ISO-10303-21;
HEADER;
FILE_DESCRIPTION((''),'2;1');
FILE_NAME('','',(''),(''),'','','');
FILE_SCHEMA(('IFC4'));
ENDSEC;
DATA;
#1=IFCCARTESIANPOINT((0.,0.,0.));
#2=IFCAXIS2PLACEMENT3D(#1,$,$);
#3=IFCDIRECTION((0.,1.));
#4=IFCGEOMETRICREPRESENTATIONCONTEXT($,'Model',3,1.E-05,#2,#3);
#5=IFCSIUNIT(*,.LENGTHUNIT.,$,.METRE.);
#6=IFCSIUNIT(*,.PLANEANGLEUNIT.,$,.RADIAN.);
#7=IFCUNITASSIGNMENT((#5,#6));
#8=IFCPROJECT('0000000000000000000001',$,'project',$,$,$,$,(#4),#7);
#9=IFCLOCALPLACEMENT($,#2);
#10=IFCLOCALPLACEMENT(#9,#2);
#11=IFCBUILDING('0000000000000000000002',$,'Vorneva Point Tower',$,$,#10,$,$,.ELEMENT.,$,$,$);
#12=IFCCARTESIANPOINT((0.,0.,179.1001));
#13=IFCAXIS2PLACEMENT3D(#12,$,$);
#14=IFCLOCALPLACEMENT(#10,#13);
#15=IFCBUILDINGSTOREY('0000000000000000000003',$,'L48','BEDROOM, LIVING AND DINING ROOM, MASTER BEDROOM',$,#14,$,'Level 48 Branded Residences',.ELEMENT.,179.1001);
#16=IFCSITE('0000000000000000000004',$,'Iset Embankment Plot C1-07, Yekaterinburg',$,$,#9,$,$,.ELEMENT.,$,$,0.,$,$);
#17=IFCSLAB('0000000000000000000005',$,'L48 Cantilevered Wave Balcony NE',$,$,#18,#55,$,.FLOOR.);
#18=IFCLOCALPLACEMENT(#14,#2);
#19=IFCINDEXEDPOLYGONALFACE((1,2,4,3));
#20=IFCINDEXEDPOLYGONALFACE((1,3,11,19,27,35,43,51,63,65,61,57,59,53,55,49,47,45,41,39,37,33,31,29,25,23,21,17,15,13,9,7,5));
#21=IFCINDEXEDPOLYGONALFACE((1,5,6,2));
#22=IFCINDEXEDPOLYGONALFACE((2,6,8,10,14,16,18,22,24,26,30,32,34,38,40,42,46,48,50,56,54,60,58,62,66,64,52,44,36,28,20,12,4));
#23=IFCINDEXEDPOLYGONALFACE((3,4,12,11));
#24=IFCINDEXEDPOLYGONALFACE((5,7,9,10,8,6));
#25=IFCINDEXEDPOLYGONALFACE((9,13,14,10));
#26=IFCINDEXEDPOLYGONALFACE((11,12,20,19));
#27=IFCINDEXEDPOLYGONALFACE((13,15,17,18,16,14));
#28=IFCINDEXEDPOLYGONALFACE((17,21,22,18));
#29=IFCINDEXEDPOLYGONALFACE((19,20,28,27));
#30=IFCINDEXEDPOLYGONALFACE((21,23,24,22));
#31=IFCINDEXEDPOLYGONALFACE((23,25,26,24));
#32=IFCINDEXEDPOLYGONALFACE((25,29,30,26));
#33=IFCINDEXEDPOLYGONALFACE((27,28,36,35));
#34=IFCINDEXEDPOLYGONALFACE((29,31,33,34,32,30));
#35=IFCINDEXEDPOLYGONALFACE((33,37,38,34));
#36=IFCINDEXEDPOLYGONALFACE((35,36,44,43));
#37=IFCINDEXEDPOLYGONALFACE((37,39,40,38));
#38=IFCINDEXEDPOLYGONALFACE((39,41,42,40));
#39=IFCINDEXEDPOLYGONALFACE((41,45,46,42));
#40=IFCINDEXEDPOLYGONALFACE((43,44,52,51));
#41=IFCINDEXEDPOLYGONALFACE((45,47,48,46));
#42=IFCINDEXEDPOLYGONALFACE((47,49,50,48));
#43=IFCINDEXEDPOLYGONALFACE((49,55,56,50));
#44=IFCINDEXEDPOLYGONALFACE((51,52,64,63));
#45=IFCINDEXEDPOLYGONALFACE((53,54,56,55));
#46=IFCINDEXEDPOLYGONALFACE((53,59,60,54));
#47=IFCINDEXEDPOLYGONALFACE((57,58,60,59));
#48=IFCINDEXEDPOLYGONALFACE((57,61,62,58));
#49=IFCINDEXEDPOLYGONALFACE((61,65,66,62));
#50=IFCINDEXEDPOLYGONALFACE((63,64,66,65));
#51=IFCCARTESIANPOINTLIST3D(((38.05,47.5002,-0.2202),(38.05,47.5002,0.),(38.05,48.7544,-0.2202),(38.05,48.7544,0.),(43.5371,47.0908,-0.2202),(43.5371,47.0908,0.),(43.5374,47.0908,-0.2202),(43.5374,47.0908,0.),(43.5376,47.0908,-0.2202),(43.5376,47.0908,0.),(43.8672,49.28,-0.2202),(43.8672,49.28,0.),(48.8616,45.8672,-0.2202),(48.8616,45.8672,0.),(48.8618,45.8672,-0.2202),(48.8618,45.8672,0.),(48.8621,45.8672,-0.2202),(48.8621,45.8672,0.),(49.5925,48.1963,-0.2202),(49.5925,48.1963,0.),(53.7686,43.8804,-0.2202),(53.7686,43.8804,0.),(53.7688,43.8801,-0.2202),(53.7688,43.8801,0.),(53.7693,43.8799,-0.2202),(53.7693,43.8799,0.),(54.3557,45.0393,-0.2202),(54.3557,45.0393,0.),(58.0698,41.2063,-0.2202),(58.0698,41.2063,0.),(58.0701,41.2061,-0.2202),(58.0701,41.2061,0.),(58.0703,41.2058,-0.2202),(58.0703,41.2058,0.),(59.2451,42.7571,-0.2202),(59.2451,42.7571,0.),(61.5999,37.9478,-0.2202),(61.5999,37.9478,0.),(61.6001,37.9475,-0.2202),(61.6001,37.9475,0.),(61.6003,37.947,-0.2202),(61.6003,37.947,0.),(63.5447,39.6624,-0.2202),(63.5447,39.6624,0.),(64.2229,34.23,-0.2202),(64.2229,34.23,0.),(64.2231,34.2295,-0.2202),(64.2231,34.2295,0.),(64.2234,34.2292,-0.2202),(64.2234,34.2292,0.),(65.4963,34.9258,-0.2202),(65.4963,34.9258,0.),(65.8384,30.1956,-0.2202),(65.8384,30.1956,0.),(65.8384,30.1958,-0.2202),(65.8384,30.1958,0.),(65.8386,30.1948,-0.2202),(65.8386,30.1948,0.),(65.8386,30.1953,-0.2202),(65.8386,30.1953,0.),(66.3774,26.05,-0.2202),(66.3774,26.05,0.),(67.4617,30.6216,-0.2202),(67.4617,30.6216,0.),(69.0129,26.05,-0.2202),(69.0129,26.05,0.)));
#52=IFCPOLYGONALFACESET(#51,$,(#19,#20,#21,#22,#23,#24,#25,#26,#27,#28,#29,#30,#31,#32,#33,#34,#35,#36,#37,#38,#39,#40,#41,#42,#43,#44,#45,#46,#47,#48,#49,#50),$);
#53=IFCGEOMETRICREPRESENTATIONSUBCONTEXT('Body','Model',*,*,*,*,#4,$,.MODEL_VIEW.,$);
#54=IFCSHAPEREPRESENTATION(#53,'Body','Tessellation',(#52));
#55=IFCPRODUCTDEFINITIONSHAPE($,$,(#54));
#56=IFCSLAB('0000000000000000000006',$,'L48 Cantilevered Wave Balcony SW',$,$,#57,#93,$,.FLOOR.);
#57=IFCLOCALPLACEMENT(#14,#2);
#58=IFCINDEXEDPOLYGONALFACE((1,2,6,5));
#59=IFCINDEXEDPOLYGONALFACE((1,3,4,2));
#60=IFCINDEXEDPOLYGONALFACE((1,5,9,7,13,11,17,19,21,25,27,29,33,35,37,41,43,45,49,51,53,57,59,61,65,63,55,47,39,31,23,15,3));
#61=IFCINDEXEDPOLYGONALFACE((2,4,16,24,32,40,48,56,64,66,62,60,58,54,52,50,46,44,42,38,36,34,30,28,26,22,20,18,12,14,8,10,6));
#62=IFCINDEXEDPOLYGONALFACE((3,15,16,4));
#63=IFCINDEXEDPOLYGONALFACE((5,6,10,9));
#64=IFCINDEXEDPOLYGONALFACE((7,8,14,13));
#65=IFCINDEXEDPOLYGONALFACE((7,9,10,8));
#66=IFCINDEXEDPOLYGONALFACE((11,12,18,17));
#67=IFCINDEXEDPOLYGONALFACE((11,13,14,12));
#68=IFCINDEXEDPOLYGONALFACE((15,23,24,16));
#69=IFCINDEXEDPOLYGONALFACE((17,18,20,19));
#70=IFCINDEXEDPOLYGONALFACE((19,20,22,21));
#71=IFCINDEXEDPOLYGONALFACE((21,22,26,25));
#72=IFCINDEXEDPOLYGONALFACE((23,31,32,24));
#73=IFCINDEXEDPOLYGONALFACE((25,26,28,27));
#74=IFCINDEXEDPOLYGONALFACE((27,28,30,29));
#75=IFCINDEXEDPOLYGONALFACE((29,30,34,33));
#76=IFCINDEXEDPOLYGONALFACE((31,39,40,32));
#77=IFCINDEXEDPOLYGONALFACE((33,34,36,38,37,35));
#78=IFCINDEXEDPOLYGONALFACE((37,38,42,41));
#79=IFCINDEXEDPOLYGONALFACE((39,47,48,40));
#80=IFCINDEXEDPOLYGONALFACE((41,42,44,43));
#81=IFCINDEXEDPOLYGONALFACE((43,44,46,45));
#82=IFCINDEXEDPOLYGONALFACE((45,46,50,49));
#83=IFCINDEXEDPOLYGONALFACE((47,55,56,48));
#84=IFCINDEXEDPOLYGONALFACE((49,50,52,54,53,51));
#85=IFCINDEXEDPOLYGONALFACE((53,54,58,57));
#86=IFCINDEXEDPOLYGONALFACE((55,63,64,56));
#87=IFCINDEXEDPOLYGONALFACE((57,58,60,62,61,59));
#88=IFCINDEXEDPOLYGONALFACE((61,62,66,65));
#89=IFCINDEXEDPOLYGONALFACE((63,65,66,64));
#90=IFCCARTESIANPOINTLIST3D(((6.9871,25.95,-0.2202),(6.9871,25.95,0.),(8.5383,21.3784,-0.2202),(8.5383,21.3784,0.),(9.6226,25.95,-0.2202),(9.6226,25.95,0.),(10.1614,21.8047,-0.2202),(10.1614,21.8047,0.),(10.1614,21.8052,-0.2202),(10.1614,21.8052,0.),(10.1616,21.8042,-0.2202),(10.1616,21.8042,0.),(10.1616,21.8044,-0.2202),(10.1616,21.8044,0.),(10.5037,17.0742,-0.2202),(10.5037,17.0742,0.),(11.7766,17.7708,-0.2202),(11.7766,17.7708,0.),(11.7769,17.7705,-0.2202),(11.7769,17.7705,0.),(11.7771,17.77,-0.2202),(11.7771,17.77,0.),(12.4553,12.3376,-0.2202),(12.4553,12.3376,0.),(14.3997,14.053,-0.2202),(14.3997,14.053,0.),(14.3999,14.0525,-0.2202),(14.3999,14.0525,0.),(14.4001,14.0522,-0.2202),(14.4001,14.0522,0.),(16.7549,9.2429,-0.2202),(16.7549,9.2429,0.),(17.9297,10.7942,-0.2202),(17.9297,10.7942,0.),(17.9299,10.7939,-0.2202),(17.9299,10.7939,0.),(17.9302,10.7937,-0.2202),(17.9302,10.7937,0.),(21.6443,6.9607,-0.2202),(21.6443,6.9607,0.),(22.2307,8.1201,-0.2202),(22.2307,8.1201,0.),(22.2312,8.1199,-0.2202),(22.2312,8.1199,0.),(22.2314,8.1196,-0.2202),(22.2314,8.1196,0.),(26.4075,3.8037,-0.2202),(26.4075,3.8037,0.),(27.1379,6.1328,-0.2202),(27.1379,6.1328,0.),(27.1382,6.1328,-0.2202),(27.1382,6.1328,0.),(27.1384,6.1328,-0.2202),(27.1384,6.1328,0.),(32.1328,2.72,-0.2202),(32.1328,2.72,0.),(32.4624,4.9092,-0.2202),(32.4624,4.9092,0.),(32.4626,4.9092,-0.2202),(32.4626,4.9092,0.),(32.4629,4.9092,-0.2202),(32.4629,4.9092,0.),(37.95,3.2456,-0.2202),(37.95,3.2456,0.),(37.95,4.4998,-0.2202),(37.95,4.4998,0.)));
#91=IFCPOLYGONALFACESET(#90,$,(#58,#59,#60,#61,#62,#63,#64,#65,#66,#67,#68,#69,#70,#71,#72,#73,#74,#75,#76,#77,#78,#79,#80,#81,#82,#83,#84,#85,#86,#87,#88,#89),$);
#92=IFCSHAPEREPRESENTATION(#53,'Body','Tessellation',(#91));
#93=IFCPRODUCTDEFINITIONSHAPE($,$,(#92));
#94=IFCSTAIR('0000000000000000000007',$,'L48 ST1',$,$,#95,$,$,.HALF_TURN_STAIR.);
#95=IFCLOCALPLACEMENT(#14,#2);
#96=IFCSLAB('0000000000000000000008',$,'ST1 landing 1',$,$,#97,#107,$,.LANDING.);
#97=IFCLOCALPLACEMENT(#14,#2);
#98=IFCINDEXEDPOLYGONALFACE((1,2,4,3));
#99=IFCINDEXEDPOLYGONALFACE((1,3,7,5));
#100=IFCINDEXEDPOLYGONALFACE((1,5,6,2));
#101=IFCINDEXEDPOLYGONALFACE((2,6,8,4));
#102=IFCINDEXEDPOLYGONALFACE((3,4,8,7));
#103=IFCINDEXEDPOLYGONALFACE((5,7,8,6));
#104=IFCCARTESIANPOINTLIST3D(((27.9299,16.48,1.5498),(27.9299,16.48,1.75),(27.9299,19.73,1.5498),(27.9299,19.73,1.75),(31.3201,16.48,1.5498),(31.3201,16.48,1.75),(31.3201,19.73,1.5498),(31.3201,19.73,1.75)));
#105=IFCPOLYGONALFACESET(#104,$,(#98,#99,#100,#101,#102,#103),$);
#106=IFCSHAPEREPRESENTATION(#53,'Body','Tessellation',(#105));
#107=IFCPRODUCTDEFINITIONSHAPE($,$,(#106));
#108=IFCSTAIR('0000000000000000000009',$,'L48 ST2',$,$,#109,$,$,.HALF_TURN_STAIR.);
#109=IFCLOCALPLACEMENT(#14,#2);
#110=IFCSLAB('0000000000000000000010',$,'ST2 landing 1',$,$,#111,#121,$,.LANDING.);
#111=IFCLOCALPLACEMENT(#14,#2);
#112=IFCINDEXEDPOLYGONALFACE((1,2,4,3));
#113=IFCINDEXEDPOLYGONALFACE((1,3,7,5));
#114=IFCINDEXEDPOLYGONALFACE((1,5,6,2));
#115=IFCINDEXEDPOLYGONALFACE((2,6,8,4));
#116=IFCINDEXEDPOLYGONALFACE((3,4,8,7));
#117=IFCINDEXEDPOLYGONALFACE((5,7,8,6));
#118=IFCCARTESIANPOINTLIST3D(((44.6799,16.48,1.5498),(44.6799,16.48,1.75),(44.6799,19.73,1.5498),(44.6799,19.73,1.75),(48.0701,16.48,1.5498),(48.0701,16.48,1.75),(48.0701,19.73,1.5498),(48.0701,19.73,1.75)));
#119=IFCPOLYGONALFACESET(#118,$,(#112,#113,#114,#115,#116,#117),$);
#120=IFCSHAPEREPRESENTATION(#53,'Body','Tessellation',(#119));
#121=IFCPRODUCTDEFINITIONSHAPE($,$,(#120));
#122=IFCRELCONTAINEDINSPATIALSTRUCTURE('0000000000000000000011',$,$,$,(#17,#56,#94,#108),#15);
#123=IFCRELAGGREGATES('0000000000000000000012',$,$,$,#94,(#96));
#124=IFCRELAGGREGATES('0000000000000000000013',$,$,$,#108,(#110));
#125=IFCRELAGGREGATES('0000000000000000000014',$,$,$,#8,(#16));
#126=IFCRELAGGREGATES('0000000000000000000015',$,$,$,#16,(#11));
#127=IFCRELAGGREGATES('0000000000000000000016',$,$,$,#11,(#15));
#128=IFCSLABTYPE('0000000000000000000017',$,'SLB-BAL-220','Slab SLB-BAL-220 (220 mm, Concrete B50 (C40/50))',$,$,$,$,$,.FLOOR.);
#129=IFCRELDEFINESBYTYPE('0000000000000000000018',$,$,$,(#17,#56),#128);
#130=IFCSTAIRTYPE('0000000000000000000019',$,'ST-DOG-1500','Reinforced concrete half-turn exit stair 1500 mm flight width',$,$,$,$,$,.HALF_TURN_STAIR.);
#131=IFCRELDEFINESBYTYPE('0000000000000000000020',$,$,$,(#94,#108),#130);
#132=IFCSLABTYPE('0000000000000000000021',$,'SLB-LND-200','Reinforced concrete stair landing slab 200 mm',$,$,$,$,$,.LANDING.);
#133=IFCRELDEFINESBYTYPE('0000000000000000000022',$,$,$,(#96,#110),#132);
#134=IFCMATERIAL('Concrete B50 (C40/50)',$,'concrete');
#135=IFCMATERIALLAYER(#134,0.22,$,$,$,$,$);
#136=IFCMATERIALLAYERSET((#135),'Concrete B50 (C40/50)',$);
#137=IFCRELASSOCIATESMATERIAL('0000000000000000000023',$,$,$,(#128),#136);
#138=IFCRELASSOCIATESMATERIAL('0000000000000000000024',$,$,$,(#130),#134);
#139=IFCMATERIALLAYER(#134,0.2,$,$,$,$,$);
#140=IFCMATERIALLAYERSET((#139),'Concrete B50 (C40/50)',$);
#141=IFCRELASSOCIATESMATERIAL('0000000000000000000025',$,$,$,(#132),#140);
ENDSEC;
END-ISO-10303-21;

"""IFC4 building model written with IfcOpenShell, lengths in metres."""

from ifc_helpers import new_model, si_unit, direction, frame, origin, place, context, subcontext, project, spatial, polyline, outline, extrude, material, layer, layer_set, type_object, element, aggregate, save


model = new_model("IFC4")

# Units and contexts
model_context = context("Model", 3, precision=1e-05, world=origin(), true_north=direction((0.0, 1.0)))
body_context = subcontext(model_context, "Body", "Model", "MODEL_VIEW")
ifc_project = project(units=[si_unit("LENGTHUNIT", "METRE"), si_unit("PLANEANGLEUNIT", "RADIAN")], contexts=[model_context])

# Site, building, storey
site_placement = place(None, origin())
site = spatial("IfcSite", under=ifc_project, at=site_placement, Name="Iset Embankment Plot C1-07, Yekaterinburg", CompositionType="ELEMENT", RefElevation=0.0)
building_placement = place(site_placement, origin())
building = spatial("IfcBuilding", under=site, at=building_placement, Name="Vorneva Point Tower", CompositionType="ELEMENT")
storey_placement = place(building_placement, frame((0.0, 0.0, 179.1001)))
storey = spatial("IfcBuildingStorey", under=building, at=storey_placement, Name="L48", Description="BEDROOM, LIVING AND DINING ROOM, MASTER BEDROOM", LongName="Level 48 Branded Residences", CompositionType="ELEMENT", Elevation=179.1001)

# Shared definitions
ifc_material_1 = material(Name="Concrete B50 (C40/50)", Category="concrete")

# Slabs
ifc_layer_1 = layer(ifc_material_1, 0.22)
ifc_layer_set_1 = layer_set([ifc_layer_1], Name="Concrete B50 (C40/50)")
slab_type_1 = type_object("IfcSlabType", Name="SLB-BAL-220", Description="Slab SLB-BAL-220 (220 mm, Concrete B50 (C40/50))", PredefinedType="FLOOR", material=ifc_layer_set_1)
slab_1_placement = place(storey_placement, frame((0.0, 0.0, -0.2202)))
element("IfcSlab", 1, at=slab_1_placement, inside=storey, type_object=slab_type_1, Name="L48 Cantilevered Wave Balcony NE", PredefinedType="FLOOR", context=body_context, shape_type="SweptSolid", body=[
    extrude(outline(polyline([(38.05, 48.7544), (38.05, 47.5002), (43.5371, 47.0908), (43.5374, 47.0908), (43.5376, 47.0908), (48.8616, 45.8672), (48.8618, 45.8672), (48.8621, 45.8672), (53.7686, 43.8804), (53.7688, 43.8801), (53.7693, 43.8799), (58.0698, 41.2063), (58.0701, 41.2061), (58.0703, 41.2058), (61.5999, 37.9478), (61.6001, 37.9475), (61.6003, 37.947), (64.2229, 34.23), (64.2231, 34.2295), (64.2234, 34.2292), (65.8384, 30.1958), (65.8384, 30.1956), (65.8386, 30.1953), (65.8386, 30.1948), (66.3774, 26.05), (69.0129, 26.05), (67.4617, 30.6216), (65.4963, 34.9258), (63.5447, 39.6624), (59.2451, 42.7571), (54.3557, 45.0393), (49.5925, 48.1963), (43.8672, 49.28), (38.05, 48.7544)])), origin(), (0.0, 0.0, 1.0), 0.2202),
])
slab_2_placement = place(storey_placement, frame((0.0, 0.0, -0.2202)))
element("IfcSlab", 2, at=slab_2_placement, inside=storey, type_object=slab_type_1, Name="L48 Cantilevered Wave Balcony SW", PredefinedType="FLOOR", context=body_context, shape_type="SweptSolid", body=[
    extrude(outline(polyline([(37.95, 3.2456), (37.95, 4.4998), (32.4629, 4.9092), (32.4626, 4.9092), (32.4624, 4.9092), (27.1384, 6.1328), (27.1382, 6.1328), (27.1379, 6.1328), (22.2314, 8.1196), (22.2312, 8.1199), (22.2307, 8.1201), (17.9302, 10.7937), (17.9299, 10.7939), (17.9297, 10.7942), (14.4001, 14.0522), (14.3999, 14.0525), (14.3997, 14.053), (11.7771, 17.77), (11.7769, 17.7705), (11.7766, 17.7708), (10.1616, 21.8042), (10.1616, 21.8044), (10.1614, 21.8047), (10.1614, 21.8052), (9.6226, 25.95), (6.9871, 25.95), (8.5383, 21.3784), (10.5037, 17.0742), (12.4553, 12.3376), (16.7549, 9.2429), (21.6443, 6.9607), (26.4075, 3.8037), (32.1328, 2.72), (37.95, 3.2456)])), origin(), (0.0, 0.0, 1.0), 0.2202),
])

# Stairs, slabs
stair_type = type_object("IfcStairType", Name="ST-DOG-1500", Description="Reinforced concrete half-turn exit stair 1500 mm flight width", PredefinedType="HALF_TURN_STAIR", material=ifc_material_1)
stair_1_placement = place(storey_placement, origin())
stair_1 = element("IfcStair", 3, at=stair_1_placement, inside=storey, type_object=stair_type, Name="L48 ST1", PredefinedType="HALF_TURN_STAIR")
ifc_layer_2 = layer(ifc_material_1, 0.2)
ifc_layer_set_2 = layer_set([ifc_layer_2], Name="Concrete B50 (C40/50)")
slab_type_2 = type_object("IfcSlabType", Name="SLB-LND-200", Description="Reinforced concrete stair landing slab 200 mm", PredefinedType="LANDING", material=ifc_layer_set_2)
slab_3_placement = place(storey_placement, frame((0.0, 0.0, 1.5498)))
slab_3 = element("IfcSlab", 4, at=slab_3_placement, type_object=slab_type_2, Name="ST1 landing 1", PredefinedType="LANDING", context=body_context, shape_type="SweptSolid", body=[
    extrude(outline(polyline([(27.9299, 16.48), (31.3201, 16.48), (31.3201, 19.73), (27.9299, 19.73), (27.9299, 16.48)])), origin(), (0.0, 0.0, 1.0), 0.2002),
])
aggregate(stair_1, [slab_3])
stair_2_placement = place(storey_placement, origin())
stair_2 = element("IfcStair", 5, at=stair_2_placement, inside=storey, type_object=stair_type, Name="L48 ST2", PredefinedType="HALF_TURN_STAIR")
slab_4_placement = place(storey_placement, frame((0.0, 0.0, 1.5498)))
slab_4 = element("IfcSlab", 6, at=slab_4_placement, type_object=slab_type_2, Name="ST2 landing 1", PredefinedType="LANDING", context=body_context, shape_type="SweptSolid", body=[
    extrude(outline(polyline([(44.6799, 16.48), (48.0701, 16.48), (48.0701, 19.73), (44.6799, 19.73), (44.6799, 16.48)])), origin(), (0.0, 0.0, 1.0), 0.2002),
])
aggregate(stair_2, [slab_4])

save(model, "model.ifc")
